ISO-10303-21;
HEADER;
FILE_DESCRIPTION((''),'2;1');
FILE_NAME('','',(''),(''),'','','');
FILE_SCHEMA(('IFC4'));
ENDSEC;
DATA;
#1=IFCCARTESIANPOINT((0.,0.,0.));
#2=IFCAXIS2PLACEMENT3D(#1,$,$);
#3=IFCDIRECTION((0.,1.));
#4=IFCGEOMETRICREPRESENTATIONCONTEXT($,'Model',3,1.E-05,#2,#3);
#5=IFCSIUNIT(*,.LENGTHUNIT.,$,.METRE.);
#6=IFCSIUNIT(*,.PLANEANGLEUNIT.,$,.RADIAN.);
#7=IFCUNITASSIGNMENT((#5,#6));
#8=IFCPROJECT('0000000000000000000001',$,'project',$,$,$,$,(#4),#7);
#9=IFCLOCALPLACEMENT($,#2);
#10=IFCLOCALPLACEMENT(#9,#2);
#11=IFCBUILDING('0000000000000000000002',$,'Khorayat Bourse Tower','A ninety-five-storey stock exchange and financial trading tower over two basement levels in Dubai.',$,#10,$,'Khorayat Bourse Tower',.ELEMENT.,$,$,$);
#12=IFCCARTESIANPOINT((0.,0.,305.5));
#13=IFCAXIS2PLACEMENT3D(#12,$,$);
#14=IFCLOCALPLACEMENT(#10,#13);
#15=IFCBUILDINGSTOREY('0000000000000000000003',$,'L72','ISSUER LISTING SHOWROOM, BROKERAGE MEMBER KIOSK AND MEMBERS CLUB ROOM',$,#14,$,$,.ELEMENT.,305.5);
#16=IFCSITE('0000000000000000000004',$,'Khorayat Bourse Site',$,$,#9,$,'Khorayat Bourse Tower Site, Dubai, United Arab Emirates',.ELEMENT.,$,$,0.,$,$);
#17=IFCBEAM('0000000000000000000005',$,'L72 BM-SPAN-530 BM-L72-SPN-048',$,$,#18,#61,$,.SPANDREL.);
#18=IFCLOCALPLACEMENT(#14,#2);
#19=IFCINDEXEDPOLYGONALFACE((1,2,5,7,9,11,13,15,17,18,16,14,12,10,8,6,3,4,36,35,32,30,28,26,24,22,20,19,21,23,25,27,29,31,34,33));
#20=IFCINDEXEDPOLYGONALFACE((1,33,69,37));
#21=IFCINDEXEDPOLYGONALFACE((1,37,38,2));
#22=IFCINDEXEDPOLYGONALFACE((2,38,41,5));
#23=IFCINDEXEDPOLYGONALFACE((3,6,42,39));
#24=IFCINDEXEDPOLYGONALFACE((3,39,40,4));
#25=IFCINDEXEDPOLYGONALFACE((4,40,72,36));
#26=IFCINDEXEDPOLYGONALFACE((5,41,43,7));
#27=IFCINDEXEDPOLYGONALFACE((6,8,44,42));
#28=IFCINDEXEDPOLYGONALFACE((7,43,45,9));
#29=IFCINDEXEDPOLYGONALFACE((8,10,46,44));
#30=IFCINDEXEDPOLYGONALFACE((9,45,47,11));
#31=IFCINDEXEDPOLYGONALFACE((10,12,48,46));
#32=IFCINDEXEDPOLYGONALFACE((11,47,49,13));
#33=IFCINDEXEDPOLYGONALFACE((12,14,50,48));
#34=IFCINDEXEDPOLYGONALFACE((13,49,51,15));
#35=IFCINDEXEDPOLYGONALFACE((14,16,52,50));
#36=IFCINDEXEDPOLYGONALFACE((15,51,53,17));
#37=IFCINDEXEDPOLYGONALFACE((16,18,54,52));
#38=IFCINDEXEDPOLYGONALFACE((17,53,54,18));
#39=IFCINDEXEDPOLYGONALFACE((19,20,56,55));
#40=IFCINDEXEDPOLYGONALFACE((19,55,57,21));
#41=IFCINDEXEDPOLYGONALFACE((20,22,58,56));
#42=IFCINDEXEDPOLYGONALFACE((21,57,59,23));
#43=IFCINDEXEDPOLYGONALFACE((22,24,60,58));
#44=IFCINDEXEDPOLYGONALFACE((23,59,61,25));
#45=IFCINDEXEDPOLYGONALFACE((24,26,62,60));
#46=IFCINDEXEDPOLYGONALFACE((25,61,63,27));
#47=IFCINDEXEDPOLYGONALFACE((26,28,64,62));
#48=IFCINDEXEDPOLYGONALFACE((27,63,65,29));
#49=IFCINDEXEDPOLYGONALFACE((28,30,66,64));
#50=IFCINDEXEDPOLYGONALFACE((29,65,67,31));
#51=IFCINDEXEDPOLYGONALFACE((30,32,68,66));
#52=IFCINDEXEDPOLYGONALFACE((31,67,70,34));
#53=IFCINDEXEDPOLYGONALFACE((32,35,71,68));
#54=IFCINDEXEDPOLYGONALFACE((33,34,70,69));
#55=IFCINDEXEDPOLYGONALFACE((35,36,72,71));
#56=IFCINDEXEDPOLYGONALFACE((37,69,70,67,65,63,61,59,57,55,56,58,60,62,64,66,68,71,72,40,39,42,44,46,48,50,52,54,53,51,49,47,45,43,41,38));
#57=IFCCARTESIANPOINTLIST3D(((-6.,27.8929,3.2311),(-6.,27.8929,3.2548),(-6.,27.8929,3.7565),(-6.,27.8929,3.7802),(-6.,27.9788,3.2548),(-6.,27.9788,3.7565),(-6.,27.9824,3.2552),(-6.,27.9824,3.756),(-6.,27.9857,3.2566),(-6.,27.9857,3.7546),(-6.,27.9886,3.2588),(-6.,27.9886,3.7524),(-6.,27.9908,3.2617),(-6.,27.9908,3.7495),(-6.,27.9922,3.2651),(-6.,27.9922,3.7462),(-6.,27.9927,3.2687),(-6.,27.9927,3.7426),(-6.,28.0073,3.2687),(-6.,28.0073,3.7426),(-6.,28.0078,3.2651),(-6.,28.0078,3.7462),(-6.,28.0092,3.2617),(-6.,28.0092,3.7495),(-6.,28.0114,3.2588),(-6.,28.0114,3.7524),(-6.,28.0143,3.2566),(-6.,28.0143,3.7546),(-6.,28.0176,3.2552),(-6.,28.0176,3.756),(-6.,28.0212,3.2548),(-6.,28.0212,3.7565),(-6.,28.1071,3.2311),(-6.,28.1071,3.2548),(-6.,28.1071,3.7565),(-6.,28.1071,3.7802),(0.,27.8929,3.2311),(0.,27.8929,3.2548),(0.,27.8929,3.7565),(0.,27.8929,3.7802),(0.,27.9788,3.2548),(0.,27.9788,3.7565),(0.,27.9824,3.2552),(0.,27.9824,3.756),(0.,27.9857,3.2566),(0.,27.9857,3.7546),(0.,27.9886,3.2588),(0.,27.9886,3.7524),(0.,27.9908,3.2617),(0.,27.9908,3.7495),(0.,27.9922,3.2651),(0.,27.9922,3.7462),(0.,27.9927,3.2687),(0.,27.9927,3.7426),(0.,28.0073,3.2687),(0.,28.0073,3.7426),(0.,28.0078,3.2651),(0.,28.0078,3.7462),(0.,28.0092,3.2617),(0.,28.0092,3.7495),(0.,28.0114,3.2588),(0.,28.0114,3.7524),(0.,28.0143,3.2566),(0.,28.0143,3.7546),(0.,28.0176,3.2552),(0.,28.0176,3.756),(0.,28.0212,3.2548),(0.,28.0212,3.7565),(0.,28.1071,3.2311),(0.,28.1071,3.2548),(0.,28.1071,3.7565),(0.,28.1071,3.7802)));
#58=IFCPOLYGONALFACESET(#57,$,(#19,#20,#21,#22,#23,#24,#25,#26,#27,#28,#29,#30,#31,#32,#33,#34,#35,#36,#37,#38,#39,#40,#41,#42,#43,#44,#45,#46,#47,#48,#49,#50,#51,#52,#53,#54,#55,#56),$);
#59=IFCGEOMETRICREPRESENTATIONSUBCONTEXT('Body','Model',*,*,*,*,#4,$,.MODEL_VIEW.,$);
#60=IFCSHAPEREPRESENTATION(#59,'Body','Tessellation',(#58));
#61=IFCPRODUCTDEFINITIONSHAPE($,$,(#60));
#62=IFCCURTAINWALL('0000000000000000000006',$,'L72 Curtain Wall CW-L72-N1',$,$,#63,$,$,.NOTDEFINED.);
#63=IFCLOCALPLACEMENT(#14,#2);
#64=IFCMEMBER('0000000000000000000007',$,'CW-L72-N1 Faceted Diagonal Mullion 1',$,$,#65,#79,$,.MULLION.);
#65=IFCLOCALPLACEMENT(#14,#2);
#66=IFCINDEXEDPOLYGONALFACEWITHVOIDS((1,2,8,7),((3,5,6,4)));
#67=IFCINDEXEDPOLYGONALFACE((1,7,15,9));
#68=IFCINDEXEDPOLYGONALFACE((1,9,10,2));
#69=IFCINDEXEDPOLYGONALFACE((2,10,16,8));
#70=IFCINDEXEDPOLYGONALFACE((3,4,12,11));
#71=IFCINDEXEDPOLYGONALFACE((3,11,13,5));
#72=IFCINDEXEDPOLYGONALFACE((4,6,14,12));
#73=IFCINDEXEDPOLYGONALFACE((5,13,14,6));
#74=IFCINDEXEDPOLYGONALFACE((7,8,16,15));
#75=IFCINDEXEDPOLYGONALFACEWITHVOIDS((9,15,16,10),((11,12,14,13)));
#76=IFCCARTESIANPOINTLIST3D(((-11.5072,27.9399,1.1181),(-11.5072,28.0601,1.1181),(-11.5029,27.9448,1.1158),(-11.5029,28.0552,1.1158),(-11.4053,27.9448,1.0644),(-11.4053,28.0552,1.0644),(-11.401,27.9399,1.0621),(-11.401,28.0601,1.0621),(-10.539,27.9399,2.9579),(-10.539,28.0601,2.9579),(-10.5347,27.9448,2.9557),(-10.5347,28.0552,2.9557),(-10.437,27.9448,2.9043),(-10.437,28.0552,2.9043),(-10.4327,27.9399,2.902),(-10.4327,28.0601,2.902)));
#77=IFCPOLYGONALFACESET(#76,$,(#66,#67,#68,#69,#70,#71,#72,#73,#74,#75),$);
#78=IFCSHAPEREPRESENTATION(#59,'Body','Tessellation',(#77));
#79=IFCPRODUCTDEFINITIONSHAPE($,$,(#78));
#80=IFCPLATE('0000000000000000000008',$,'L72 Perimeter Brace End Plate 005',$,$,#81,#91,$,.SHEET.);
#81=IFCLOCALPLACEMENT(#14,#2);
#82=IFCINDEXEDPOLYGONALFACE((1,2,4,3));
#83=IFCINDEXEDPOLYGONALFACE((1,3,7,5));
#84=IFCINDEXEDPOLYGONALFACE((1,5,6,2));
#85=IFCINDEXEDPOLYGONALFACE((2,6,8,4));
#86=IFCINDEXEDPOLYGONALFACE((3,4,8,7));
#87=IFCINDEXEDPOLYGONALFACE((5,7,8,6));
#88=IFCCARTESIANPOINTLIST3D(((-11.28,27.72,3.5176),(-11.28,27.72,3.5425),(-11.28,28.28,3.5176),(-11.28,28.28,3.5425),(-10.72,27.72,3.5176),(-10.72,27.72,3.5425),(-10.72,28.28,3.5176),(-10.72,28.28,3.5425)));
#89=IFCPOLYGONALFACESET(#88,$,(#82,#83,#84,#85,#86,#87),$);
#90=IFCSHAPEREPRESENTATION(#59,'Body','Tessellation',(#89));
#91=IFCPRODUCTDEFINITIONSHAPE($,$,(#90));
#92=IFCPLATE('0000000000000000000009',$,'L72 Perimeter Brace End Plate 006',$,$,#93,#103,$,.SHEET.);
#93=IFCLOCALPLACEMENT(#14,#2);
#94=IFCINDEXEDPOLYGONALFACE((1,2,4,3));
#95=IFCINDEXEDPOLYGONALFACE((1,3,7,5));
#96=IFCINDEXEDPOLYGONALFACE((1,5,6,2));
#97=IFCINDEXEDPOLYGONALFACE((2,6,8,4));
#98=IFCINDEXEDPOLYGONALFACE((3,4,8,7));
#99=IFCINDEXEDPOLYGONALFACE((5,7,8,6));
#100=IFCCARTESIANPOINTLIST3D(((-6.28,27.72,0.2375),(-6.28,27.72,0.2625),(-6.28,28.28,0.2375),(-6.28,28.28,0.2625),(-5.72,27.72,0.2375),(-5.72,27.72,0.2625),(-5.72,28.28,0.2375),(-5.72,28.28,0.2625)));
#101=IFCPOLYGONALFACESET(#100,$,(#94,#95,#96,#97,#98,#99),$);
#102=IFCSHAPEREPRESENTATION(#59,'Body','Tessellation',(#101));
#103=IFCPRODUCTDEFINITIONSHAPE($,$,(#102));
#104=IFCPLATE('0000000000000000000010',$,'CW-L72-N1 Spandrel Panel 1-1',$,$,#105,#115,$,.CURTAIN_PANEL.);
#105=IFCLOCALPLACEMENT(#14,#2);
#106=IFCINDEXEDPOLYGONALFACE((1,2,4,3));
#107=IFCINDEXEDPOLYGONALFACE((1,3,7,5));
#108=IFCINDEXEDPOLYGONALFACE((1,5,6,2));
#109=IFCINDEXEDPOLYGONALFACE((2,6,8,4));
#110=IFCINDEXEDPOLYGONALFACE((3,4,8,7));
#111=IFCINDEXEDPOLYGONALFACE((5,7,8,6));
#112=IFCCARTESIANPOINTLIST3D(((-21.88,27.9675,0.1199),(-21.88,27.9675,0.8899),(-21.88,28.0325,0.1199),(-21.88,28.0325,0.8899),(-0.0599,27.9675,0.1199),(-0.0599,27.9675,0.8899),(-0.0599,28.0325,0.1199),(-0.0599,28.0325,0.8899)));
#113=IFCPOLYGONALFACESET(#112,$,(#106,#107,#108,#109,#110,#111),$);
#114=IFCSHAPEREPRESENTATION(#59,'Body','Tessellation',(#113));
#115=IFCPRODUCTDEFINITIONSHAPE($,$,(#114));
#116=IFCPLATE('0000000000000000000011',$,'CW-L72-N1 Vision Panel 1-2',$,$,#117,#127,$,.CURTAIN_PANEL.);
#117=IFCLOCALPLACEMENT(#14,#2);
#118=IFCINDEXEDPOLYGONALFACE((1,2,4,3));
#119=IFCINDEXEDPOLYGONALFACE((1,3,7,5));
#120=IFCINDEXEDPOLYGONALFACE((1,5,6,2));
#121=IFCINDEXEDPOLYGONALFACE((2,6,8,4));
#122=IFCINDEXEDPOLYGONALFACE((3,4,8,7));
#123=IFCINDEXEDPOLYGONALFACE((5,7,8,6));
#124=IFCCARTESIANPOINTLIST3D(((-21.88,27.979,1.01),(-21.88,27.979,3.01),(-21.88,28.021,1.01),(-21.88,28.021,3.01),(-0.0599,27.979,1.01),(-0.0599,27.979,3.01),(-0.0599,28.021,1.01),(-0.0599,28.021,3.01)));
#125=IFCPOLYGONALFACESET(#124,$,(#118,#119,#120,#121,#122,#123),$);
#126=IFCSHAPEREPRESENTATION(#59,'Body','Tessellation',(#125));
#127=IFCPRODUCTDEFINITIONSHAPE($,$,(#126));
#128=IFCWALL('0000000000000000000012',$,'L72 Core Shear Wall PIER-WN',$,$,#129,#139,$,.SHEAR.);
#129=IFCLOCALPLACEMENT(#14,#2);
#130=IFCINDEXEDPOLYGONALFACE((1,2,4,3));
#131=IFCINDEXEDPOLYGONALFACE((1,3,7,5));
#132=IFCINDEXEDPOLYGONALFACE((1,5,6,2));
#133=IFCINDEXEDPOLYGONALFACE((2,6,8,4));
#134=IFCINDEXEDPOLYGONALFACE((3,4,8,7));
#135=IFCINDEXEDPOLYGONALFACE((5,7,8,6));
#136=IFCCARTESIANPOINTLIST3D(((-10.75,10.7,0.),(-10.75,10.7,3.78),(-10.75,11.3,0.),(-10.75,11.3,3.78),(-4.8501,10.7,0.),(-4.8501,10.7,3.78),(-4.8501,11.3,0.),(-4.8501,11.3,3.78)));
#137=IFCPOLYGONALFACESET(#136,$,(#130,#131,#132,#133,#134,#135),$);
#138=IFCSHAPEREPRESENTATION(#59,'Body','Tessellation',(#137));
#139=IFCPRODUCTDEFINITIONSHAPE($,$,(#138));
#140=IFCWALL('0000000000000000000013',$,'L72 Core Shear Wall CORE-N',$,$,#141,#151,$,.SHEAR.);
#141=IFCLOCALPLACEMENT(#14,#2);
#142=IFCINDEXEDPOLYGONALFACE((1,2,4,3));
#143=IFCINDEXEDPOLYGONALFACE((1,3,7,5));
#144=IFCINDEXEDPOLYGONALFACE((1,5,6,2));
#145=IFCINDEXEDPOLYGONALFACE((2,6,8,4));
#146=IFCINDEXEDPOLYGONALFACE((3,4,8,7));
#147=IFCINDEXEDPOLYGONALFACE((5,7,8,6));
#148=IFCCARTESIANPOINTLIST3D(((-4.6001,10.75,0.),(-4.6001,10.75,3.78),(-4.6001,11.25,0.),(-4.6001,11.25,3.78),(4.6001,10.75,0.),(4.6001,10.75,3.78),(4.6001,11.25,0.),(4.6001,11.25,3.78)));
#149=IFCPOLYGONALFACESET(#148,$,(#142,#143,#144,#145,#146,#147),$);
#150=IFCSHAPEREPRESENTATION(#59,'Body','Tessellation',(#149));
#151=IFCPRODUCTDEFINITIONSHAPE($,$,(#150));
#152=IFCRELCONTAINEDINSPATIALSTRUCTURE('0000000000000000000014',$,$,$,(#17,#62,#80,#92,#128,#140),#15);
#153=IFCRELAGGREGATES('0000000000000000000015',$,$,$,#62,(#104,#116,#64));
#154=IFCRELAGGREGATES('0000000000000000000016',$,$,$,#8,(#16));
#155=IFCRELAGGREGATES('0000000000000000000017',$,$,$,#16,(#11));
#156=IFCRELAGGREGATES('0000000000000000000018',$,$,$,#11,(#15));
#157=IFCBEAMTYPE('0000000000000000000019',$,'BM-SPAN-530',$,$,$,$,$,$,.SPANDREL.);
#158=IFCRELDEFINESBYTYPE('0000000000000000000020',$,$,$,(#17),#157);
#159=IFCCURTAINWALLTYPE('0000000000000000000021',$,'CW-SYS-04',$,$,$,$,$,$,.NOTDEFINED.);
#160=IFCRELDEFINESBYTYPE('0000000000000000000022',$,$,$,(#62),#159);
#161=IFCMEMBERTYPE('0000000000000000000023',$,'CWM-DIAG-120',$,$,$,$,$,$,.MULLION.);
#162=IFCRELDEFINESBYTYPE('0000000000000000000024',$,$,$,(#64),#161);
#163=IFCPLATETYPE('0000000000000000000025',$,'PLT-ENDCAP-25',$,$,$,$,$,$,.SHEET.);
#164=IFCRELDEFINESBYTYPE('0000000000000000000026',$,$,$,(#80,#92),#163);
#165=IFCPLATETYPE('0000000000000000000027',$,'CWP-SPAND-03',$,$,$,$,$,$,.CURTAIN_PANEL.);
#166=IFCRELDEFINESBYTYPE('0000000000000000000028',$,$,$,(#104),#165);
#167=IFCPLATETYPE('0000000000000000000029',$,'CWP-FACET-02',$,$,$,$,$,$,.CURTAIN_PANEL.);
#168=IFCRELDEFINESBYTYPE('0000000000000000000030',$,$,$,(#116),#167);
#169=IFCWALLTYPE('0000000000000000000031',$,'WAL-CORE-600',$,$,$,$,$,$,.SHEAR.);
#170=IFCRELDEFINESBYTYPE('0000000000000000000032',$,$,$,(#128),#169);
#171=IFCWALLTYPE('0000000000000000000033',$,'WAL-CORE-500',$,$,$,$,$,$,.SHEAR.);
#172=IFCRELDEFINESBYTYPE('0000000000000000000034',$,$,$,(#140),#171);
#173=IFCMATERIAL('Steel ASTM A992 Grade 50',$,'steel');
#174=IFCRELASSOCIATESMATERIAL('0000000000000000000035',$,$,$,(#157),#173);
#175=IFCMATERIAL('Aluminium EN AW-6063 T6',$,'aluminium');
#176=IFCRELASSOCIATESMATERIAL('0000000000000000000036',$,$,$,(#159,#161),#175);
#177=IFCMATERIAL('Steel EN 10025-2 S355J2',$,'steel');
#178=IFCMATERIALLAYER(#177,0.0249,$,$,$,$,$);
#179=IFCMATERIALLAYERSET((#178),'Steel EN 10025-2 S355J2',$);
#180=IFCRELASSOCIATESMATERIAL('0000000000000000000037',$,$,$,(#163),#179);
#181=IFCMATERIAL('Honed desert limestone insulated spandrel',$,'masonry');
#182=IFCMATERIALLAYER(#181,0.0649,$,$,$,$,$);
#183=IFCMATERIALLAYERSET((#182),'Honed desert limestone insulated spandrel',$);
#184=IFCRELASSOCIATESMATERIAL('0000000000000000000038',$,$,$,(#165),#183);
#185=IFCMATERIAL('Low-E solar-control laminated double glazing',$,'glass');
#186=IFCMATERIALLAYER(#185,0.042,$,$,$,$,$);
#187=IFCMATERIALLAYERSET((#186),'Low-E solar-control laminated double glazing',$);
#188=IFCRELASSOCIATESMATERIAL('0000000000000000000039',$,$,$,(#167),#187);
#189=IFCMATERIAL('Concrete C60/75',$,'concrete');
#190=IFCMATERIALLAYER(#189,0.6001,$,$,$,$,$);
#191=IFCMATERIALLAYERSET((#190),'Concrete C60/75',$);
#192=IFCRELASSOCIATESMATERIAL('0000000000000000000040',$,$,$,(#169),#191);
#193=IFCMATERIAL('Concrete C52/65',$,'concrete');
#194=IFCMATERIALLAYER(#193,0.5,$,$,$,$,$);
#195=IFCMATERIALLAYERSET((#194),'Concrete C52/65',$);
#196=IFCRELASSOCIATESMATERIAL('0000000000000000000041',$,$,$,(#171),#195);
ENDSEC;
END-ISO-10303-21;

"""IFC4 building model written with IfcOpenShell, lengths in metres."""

from ifc_helpers import new_model, si_unit, direction, frame, frame_2d, origin, origin_2d, place, context, subcontext, project, spatial, rectangle, hollow_rectangle, i_section, extrude, source, transform, mapped, material, layer, layer_set, material_profile, profile_set, type_object, element, aggregate, save


model = new_model("IFC4")

# Units and contexts
model_context = context("Model", 3, precision=1e-05, world=origin(), true_north=direction((0.0, 1.0)))
body_context = subcontext(model_context, "Body", "Model", "MODEL_VIEW")
ifc_project = project(units=[si_unit("LENGTHUNIT", "METRE"), si_unit("PLANEANGLEUNIT", "RADIAN")], contexts=[model_context])

# Site, building, storey
site_placement = place(None, origin())
site = spatial("IfcSite", under=ifc_project, at=site_placement, Name="Khorayat Bourse Site", LongName="Khorayat Bourse Tower Site, Dubai, United Arab Emirates", CompositionType="ELEMENT", RefElevation=0.0)
building_placement = place(site_placement, origin())
building = spatial("IfcBuilding", under=site, at=building_placement, Name="Khorayat Bourse Tower", Description="A ninety-five-storey stock exchange and financial trading tower over two basement levels in Dubai.", LongName="Khorayat Bourse Tower", CompositionType="ELEMENT")
storey_placement = place(building_placement, frame((0.0, 0.0, 305.5)))
storey = spatial("IfcBuildingStorey", under=building, at=storey_placement, Name="L72", Description="ISSUER LISTING SHOWROOM, BROKERAGE MEMBER KIOSK AND MEMBERS CLUB ROOM", CompositionType="ELEMENT", Elevation=305.5)

# Shared definitions
ifc_material_1 = material(Name="Concrete C52/65", Category="concrete")

# Shared definitions
ifc_material_2 = material(Name="Concrete C60/75", Category="concrete")

# Beam
ifc_material_3 = material(Name="Steel ASTM A992 Grade 50", Category="steel")
ifc_material_profile_1 = material_profile(ifc_material_3, i_section(OverallWidth=0.2141, OverallDepth=0.5491, WebThickness=0.0146, FlangeThickness=0.0237, FilletRadius=0.0139, at=origin_2d()), Name="W530X138")
ifc_profile_set_1 = profile_set([ifc_material_profile_1], Name="Steel ASTM A992 Grade 50")
beam_type_1 = type_object("IfcBeamType", Name="BM-SPAN-530", PredefinedType="SPANDREL", material=ifc_profile_set_1)
shared_shape_1 = source(origin(), body_context, "Body", "SweptSolid", [
    extrude(i_section(OverallWidth=0.2141, OverallDepth=0.5491, WebThickness=0.0146, FlangeThickness=0.0237, FilletRadius=0.0139, at=origin_2d()), origin(), (0.0, 0.0, 1.0), 6.0),
])
beam_1_placement = place(storey_placement, frame((-6.0, 28.0, 3.5056), z_axis=(1.0, 0.0, 0.0), x_axis=(0.0, 1.0, 0.0)))
element("IfcBeam", 1, at=beam_1_placement, inside=storey, type_object=beam_type_1, Name="L72 BM-SPAN-530 BM-L72-SPN-048", PredefinedType="SPANDREL", context=body_context, shape_type="MappedRepresentation", body=[
    mapped(shared_shape_1, transform((0.0, 0.0, 0.0), scale=1.0)),
])

# Curtain wall, member
ifc_material_4 = material(Name="Aluminium EN AW-6063 T6", Category="aluminium")
curtain_wall_type = type_object("IfcCurtainWallType", Name="CW-SYS-04", PredefinedType="NOTDEFINED", material=ifc_material_4)
curtain_wall_placement = place(storey_placement, origin())
curtain_wall = element("IfcCurtainWall", 2, at=curtain_wall_placement, inside=storey, type_object=curtain_wall_type, Name="L72 Curtain Wall CW-L72-N1", PredefinedType="NOTDEFINED")
ifc_material_profile_2 = material_profile(ifc_material_4, hollow_rectangle(XDim=0.1201, YDim=0.1201, WallThickness=0.0049, at=origin_2d()), Name="ALU 120x120x5")
ifc_profile_set_2 = profile_set([ifc_material_profile_2], Name="Aluminium EN AW-6063 T6")
member_type_1 = type_object("IfcMemberType", Name="CWM-DIAG-120", PredefinedType="MULLION", material=ifc_profile_set_2)
shared_shape_2 = source(origin(), body_context, "Body", "SweptSolid", [
    extrude(hollow_rectangle(XDim=0.1201, YDim=0.1201, WallThickness=0.0049, at=origin_2d()), origin(), (0.0, 0.0, 1.0), 2.0791),
])
member_1_placement = place(storey_placement, frame((-11.4541, 28.0, 1.0901), z_axis=(0.465717, 0.0, 0.884934), x_axis=(0.0, 1.0, 0.0)))
member_1 = element("IfcMember", 3, at=member_1_placement, type_object=member_type_1, Name="CW-L72-N1 Faceted Diagonal Mullion 1", PredefinedType="MULLION", context=body_context, shape_type="MappedRepresentation", body=[
    mapped(shared_shape_2, transform((0.0, 0.0, 0.0), scale=1.0)),
])

# Plates
ifc_material_5 = material(Name="Steel EN 10025-2 S355J2", Category="steel")
ifc_layer_1 = layer(ifc_material_5, 0.0249)
ifc_layer_set_1 = layer_set([ifc_layer_1], Name="Steel EN 10025-2 S355J2")
plate_type_1 = type_object("IfcPlateType", Name="PLT-ENDCAP-25", PredefinedType="SHEET", material=ifc_layer_set_1)
shared_shape_3 = source(origin(), body_context, "Body", "SweptSolid", [
    extrude(rectangle(XDim=0.5601, YDim=0.5601, at=origin_2d()), origin(), (0.0, 0.0, 1.0), 0.0249),
])
for number, where, z_axis, x_axis, name in (
    (4, (-11.0, 28.0, 3.5176), (0.0, 0.0, 1.0), (1.0, 0.0, 0.0), "L72 Perimeter Brace End Plate 005"),
    (5, (-6.0, 28.0, 0.2375), (0.0, 0.0, 1.0), (1.0, 0.0, 0.0), "L72 Perimeter Brace End Plate 006"),
):
    element("IfcPlate", number, at=place(storey_placement, frame(where, z_axis=z_axis, x_axis=x_axis)), inside=storey, type_object=plate_type_1, Name=name, PredefinedType="SHEET", context=body_context, shape_type="MappedRepresentation", body=[
        mapped(shared_shape_3, transform((0.0, 0.0, 0.0), scale=1.0)),
    ])

# Plates
ifc_material_6 = material(Name="Honed desert limestone insulated spandrel", Category="masonry")
ifc_layer_2 = layer(ifc_material_6, 0.0649)
ifc_layer_set_2 = layer_set([ifc_layer_2], Name="Honed desert limestone insulated spandrel")
plate_type_2 = type_object("IfcPlateType", Name="CWP-SPAND-03", PredefinedType="CURTAIN_PANEL", material=ifc_layer_set_2)
shared_shape_4 = source(origin(), body_context, "Body", "SweptSolid", [
    extrude(rectangle(XDim=21.8201, YDim=0.0649, at=origin_2d()), origin(), (0.0, 0.0, 1.0), 0.77),
])
plate_1_placement = place(storey_placement, frame((-10.97, 28.0, 0.1199), z_axis=(0.0, 0.0, 1.0), x_axis=(1.0, 0.0, 0.0)))
plate_1 = element("IfcPlate", 6, at=plate_1_placement, type_object=plate_type_2, Name="CW-L72-N1 Spandrel Panel 1-1", PredefinedType="CURTAIN_PANEL", context=body_context, shape_type="MappedRepresentation", body=[
    mapped(shared_shape_4, transform((0.0, 0.0, 0.0), scale=1.0)),
])
ifc_material_7 = material(Name="Low-E solar-control laminated double glazing", Category="glass")
ifc_layer_3 = layer(ifc_material_7, 0.042)
ifc_layer_set_3 = layer_set([ifc_layer_3], Name="Low-E solar-control laminated double glazing")
plate_type_3 = type_object("IfcPlateType", Name="CWP-FACET-02", PredefinedType="CURTAIN_PANEL", material=ifc_layer_set_3)
shared_shape_5 = source(origin(), body_context, "Body", "SweptSolid", [
    extrude(rectangle(XDim=21.8201, YDim=0.042, at=origin_2d()), origin(), (0.0, 0.0, 1.0), 2.0),
])
plate_2_placement = place(storey_placement, frame((-10.97, 28.0, 1.01), z_axis=(0.0, 0.0, 1.0), x_axis=(1.0, 0.0, 0.0)))
plate_2 = element("IfcPlate", 7, at=plate_2_placement, type_object=plate_type_3, Name="CW-L72-N1 Vision Panel 1-2", PredefinedType="CURTAIN_PANEL", context=body_context, shape_type="MappedRepresentation", body=[
    mapped(shared_shape_5, transform((0.0, 0.0, 0.0), scale=1.0)),
])
aggregate(curtain_wall, [plate_1, plate_2, member_1])

# Walls
ifc_layer_4 = layer(ifc_material_2, 0.6001)
ifc_layer_set_4 = layer_set([ifc_layer_4], Name="Concrete C60/75")
wall_type_1 = type_object("IfcWallType", Name="WAL-CORE-600", PredefinedType="SHEAR", material=ifc_layer_set_4)
shared_shape_6 = source(origin(), body_context, "Body", "SweptSolid", [
    extrude(rectangle(XDim=5.8999, YDim=0.6001, at=frame_2d((2.95, 0.0))), origin(), (0.0, 0.0, 1.0), 3.78),
])
wall_1_placement = place(storey_placement, frame((-10.75, 11.0, 0.0), z_axis=(0.0, 0.0, 1.0), x_axis=(1.0, 0.0, 0.0)))
element("IfcWall", 8, at=wall_1_placement, inside=storey, type_object=wall_type_1, Name="L72 Core Shear Wall PIER-WN", PredefinedType="SHEAR", context=body_context, shape_type="MappedRepresentation", body=[
    mapped(shared_shape_6, transform((0.0, 0.0, 0.0), scale=1.0)),
])
ifc_layer_5 = layer(ifc_material_1, 0.5)
ifc_layer_set_5 = layer_set([ifc_layer_5], Name="Concrete C52/65")
wall_type_2 = type_object("IfcWallType", Name="WAL-CORE-500", PredefinedType="SHEAR", material=ifc_layer_set_5)
shared_shape_7 = source(origin(), body_context, "Body", "SweptSolid", [
    extrude(rectangle(XDim=9.2002, YDim=0.5, at=frame_2d((4.6001, 0.0))), origin(), (0.0, 0.0, 1.0), 3.78),
])
wall_2_placement = place(storey_placement, frame((-4.6001, 11.0, 0.0), z_axis=(0.0, 0.0, 1.0), x_axis=(1.0, 0.0, 0.0)))
element("IfcWall", 9, at=wall_2_placement, inside=storey, type_object=wall_type_2, Name="L72 Core Shear Wall CORE-N", PredefinedType="SHEAR", context=body_context, shape_type="MappedRepresentation", body=[
    mapped(shared_shape_7, transform((0.0, 0.0, 0.0), scale=1.0)),
])

save(model, "model.ifc")
